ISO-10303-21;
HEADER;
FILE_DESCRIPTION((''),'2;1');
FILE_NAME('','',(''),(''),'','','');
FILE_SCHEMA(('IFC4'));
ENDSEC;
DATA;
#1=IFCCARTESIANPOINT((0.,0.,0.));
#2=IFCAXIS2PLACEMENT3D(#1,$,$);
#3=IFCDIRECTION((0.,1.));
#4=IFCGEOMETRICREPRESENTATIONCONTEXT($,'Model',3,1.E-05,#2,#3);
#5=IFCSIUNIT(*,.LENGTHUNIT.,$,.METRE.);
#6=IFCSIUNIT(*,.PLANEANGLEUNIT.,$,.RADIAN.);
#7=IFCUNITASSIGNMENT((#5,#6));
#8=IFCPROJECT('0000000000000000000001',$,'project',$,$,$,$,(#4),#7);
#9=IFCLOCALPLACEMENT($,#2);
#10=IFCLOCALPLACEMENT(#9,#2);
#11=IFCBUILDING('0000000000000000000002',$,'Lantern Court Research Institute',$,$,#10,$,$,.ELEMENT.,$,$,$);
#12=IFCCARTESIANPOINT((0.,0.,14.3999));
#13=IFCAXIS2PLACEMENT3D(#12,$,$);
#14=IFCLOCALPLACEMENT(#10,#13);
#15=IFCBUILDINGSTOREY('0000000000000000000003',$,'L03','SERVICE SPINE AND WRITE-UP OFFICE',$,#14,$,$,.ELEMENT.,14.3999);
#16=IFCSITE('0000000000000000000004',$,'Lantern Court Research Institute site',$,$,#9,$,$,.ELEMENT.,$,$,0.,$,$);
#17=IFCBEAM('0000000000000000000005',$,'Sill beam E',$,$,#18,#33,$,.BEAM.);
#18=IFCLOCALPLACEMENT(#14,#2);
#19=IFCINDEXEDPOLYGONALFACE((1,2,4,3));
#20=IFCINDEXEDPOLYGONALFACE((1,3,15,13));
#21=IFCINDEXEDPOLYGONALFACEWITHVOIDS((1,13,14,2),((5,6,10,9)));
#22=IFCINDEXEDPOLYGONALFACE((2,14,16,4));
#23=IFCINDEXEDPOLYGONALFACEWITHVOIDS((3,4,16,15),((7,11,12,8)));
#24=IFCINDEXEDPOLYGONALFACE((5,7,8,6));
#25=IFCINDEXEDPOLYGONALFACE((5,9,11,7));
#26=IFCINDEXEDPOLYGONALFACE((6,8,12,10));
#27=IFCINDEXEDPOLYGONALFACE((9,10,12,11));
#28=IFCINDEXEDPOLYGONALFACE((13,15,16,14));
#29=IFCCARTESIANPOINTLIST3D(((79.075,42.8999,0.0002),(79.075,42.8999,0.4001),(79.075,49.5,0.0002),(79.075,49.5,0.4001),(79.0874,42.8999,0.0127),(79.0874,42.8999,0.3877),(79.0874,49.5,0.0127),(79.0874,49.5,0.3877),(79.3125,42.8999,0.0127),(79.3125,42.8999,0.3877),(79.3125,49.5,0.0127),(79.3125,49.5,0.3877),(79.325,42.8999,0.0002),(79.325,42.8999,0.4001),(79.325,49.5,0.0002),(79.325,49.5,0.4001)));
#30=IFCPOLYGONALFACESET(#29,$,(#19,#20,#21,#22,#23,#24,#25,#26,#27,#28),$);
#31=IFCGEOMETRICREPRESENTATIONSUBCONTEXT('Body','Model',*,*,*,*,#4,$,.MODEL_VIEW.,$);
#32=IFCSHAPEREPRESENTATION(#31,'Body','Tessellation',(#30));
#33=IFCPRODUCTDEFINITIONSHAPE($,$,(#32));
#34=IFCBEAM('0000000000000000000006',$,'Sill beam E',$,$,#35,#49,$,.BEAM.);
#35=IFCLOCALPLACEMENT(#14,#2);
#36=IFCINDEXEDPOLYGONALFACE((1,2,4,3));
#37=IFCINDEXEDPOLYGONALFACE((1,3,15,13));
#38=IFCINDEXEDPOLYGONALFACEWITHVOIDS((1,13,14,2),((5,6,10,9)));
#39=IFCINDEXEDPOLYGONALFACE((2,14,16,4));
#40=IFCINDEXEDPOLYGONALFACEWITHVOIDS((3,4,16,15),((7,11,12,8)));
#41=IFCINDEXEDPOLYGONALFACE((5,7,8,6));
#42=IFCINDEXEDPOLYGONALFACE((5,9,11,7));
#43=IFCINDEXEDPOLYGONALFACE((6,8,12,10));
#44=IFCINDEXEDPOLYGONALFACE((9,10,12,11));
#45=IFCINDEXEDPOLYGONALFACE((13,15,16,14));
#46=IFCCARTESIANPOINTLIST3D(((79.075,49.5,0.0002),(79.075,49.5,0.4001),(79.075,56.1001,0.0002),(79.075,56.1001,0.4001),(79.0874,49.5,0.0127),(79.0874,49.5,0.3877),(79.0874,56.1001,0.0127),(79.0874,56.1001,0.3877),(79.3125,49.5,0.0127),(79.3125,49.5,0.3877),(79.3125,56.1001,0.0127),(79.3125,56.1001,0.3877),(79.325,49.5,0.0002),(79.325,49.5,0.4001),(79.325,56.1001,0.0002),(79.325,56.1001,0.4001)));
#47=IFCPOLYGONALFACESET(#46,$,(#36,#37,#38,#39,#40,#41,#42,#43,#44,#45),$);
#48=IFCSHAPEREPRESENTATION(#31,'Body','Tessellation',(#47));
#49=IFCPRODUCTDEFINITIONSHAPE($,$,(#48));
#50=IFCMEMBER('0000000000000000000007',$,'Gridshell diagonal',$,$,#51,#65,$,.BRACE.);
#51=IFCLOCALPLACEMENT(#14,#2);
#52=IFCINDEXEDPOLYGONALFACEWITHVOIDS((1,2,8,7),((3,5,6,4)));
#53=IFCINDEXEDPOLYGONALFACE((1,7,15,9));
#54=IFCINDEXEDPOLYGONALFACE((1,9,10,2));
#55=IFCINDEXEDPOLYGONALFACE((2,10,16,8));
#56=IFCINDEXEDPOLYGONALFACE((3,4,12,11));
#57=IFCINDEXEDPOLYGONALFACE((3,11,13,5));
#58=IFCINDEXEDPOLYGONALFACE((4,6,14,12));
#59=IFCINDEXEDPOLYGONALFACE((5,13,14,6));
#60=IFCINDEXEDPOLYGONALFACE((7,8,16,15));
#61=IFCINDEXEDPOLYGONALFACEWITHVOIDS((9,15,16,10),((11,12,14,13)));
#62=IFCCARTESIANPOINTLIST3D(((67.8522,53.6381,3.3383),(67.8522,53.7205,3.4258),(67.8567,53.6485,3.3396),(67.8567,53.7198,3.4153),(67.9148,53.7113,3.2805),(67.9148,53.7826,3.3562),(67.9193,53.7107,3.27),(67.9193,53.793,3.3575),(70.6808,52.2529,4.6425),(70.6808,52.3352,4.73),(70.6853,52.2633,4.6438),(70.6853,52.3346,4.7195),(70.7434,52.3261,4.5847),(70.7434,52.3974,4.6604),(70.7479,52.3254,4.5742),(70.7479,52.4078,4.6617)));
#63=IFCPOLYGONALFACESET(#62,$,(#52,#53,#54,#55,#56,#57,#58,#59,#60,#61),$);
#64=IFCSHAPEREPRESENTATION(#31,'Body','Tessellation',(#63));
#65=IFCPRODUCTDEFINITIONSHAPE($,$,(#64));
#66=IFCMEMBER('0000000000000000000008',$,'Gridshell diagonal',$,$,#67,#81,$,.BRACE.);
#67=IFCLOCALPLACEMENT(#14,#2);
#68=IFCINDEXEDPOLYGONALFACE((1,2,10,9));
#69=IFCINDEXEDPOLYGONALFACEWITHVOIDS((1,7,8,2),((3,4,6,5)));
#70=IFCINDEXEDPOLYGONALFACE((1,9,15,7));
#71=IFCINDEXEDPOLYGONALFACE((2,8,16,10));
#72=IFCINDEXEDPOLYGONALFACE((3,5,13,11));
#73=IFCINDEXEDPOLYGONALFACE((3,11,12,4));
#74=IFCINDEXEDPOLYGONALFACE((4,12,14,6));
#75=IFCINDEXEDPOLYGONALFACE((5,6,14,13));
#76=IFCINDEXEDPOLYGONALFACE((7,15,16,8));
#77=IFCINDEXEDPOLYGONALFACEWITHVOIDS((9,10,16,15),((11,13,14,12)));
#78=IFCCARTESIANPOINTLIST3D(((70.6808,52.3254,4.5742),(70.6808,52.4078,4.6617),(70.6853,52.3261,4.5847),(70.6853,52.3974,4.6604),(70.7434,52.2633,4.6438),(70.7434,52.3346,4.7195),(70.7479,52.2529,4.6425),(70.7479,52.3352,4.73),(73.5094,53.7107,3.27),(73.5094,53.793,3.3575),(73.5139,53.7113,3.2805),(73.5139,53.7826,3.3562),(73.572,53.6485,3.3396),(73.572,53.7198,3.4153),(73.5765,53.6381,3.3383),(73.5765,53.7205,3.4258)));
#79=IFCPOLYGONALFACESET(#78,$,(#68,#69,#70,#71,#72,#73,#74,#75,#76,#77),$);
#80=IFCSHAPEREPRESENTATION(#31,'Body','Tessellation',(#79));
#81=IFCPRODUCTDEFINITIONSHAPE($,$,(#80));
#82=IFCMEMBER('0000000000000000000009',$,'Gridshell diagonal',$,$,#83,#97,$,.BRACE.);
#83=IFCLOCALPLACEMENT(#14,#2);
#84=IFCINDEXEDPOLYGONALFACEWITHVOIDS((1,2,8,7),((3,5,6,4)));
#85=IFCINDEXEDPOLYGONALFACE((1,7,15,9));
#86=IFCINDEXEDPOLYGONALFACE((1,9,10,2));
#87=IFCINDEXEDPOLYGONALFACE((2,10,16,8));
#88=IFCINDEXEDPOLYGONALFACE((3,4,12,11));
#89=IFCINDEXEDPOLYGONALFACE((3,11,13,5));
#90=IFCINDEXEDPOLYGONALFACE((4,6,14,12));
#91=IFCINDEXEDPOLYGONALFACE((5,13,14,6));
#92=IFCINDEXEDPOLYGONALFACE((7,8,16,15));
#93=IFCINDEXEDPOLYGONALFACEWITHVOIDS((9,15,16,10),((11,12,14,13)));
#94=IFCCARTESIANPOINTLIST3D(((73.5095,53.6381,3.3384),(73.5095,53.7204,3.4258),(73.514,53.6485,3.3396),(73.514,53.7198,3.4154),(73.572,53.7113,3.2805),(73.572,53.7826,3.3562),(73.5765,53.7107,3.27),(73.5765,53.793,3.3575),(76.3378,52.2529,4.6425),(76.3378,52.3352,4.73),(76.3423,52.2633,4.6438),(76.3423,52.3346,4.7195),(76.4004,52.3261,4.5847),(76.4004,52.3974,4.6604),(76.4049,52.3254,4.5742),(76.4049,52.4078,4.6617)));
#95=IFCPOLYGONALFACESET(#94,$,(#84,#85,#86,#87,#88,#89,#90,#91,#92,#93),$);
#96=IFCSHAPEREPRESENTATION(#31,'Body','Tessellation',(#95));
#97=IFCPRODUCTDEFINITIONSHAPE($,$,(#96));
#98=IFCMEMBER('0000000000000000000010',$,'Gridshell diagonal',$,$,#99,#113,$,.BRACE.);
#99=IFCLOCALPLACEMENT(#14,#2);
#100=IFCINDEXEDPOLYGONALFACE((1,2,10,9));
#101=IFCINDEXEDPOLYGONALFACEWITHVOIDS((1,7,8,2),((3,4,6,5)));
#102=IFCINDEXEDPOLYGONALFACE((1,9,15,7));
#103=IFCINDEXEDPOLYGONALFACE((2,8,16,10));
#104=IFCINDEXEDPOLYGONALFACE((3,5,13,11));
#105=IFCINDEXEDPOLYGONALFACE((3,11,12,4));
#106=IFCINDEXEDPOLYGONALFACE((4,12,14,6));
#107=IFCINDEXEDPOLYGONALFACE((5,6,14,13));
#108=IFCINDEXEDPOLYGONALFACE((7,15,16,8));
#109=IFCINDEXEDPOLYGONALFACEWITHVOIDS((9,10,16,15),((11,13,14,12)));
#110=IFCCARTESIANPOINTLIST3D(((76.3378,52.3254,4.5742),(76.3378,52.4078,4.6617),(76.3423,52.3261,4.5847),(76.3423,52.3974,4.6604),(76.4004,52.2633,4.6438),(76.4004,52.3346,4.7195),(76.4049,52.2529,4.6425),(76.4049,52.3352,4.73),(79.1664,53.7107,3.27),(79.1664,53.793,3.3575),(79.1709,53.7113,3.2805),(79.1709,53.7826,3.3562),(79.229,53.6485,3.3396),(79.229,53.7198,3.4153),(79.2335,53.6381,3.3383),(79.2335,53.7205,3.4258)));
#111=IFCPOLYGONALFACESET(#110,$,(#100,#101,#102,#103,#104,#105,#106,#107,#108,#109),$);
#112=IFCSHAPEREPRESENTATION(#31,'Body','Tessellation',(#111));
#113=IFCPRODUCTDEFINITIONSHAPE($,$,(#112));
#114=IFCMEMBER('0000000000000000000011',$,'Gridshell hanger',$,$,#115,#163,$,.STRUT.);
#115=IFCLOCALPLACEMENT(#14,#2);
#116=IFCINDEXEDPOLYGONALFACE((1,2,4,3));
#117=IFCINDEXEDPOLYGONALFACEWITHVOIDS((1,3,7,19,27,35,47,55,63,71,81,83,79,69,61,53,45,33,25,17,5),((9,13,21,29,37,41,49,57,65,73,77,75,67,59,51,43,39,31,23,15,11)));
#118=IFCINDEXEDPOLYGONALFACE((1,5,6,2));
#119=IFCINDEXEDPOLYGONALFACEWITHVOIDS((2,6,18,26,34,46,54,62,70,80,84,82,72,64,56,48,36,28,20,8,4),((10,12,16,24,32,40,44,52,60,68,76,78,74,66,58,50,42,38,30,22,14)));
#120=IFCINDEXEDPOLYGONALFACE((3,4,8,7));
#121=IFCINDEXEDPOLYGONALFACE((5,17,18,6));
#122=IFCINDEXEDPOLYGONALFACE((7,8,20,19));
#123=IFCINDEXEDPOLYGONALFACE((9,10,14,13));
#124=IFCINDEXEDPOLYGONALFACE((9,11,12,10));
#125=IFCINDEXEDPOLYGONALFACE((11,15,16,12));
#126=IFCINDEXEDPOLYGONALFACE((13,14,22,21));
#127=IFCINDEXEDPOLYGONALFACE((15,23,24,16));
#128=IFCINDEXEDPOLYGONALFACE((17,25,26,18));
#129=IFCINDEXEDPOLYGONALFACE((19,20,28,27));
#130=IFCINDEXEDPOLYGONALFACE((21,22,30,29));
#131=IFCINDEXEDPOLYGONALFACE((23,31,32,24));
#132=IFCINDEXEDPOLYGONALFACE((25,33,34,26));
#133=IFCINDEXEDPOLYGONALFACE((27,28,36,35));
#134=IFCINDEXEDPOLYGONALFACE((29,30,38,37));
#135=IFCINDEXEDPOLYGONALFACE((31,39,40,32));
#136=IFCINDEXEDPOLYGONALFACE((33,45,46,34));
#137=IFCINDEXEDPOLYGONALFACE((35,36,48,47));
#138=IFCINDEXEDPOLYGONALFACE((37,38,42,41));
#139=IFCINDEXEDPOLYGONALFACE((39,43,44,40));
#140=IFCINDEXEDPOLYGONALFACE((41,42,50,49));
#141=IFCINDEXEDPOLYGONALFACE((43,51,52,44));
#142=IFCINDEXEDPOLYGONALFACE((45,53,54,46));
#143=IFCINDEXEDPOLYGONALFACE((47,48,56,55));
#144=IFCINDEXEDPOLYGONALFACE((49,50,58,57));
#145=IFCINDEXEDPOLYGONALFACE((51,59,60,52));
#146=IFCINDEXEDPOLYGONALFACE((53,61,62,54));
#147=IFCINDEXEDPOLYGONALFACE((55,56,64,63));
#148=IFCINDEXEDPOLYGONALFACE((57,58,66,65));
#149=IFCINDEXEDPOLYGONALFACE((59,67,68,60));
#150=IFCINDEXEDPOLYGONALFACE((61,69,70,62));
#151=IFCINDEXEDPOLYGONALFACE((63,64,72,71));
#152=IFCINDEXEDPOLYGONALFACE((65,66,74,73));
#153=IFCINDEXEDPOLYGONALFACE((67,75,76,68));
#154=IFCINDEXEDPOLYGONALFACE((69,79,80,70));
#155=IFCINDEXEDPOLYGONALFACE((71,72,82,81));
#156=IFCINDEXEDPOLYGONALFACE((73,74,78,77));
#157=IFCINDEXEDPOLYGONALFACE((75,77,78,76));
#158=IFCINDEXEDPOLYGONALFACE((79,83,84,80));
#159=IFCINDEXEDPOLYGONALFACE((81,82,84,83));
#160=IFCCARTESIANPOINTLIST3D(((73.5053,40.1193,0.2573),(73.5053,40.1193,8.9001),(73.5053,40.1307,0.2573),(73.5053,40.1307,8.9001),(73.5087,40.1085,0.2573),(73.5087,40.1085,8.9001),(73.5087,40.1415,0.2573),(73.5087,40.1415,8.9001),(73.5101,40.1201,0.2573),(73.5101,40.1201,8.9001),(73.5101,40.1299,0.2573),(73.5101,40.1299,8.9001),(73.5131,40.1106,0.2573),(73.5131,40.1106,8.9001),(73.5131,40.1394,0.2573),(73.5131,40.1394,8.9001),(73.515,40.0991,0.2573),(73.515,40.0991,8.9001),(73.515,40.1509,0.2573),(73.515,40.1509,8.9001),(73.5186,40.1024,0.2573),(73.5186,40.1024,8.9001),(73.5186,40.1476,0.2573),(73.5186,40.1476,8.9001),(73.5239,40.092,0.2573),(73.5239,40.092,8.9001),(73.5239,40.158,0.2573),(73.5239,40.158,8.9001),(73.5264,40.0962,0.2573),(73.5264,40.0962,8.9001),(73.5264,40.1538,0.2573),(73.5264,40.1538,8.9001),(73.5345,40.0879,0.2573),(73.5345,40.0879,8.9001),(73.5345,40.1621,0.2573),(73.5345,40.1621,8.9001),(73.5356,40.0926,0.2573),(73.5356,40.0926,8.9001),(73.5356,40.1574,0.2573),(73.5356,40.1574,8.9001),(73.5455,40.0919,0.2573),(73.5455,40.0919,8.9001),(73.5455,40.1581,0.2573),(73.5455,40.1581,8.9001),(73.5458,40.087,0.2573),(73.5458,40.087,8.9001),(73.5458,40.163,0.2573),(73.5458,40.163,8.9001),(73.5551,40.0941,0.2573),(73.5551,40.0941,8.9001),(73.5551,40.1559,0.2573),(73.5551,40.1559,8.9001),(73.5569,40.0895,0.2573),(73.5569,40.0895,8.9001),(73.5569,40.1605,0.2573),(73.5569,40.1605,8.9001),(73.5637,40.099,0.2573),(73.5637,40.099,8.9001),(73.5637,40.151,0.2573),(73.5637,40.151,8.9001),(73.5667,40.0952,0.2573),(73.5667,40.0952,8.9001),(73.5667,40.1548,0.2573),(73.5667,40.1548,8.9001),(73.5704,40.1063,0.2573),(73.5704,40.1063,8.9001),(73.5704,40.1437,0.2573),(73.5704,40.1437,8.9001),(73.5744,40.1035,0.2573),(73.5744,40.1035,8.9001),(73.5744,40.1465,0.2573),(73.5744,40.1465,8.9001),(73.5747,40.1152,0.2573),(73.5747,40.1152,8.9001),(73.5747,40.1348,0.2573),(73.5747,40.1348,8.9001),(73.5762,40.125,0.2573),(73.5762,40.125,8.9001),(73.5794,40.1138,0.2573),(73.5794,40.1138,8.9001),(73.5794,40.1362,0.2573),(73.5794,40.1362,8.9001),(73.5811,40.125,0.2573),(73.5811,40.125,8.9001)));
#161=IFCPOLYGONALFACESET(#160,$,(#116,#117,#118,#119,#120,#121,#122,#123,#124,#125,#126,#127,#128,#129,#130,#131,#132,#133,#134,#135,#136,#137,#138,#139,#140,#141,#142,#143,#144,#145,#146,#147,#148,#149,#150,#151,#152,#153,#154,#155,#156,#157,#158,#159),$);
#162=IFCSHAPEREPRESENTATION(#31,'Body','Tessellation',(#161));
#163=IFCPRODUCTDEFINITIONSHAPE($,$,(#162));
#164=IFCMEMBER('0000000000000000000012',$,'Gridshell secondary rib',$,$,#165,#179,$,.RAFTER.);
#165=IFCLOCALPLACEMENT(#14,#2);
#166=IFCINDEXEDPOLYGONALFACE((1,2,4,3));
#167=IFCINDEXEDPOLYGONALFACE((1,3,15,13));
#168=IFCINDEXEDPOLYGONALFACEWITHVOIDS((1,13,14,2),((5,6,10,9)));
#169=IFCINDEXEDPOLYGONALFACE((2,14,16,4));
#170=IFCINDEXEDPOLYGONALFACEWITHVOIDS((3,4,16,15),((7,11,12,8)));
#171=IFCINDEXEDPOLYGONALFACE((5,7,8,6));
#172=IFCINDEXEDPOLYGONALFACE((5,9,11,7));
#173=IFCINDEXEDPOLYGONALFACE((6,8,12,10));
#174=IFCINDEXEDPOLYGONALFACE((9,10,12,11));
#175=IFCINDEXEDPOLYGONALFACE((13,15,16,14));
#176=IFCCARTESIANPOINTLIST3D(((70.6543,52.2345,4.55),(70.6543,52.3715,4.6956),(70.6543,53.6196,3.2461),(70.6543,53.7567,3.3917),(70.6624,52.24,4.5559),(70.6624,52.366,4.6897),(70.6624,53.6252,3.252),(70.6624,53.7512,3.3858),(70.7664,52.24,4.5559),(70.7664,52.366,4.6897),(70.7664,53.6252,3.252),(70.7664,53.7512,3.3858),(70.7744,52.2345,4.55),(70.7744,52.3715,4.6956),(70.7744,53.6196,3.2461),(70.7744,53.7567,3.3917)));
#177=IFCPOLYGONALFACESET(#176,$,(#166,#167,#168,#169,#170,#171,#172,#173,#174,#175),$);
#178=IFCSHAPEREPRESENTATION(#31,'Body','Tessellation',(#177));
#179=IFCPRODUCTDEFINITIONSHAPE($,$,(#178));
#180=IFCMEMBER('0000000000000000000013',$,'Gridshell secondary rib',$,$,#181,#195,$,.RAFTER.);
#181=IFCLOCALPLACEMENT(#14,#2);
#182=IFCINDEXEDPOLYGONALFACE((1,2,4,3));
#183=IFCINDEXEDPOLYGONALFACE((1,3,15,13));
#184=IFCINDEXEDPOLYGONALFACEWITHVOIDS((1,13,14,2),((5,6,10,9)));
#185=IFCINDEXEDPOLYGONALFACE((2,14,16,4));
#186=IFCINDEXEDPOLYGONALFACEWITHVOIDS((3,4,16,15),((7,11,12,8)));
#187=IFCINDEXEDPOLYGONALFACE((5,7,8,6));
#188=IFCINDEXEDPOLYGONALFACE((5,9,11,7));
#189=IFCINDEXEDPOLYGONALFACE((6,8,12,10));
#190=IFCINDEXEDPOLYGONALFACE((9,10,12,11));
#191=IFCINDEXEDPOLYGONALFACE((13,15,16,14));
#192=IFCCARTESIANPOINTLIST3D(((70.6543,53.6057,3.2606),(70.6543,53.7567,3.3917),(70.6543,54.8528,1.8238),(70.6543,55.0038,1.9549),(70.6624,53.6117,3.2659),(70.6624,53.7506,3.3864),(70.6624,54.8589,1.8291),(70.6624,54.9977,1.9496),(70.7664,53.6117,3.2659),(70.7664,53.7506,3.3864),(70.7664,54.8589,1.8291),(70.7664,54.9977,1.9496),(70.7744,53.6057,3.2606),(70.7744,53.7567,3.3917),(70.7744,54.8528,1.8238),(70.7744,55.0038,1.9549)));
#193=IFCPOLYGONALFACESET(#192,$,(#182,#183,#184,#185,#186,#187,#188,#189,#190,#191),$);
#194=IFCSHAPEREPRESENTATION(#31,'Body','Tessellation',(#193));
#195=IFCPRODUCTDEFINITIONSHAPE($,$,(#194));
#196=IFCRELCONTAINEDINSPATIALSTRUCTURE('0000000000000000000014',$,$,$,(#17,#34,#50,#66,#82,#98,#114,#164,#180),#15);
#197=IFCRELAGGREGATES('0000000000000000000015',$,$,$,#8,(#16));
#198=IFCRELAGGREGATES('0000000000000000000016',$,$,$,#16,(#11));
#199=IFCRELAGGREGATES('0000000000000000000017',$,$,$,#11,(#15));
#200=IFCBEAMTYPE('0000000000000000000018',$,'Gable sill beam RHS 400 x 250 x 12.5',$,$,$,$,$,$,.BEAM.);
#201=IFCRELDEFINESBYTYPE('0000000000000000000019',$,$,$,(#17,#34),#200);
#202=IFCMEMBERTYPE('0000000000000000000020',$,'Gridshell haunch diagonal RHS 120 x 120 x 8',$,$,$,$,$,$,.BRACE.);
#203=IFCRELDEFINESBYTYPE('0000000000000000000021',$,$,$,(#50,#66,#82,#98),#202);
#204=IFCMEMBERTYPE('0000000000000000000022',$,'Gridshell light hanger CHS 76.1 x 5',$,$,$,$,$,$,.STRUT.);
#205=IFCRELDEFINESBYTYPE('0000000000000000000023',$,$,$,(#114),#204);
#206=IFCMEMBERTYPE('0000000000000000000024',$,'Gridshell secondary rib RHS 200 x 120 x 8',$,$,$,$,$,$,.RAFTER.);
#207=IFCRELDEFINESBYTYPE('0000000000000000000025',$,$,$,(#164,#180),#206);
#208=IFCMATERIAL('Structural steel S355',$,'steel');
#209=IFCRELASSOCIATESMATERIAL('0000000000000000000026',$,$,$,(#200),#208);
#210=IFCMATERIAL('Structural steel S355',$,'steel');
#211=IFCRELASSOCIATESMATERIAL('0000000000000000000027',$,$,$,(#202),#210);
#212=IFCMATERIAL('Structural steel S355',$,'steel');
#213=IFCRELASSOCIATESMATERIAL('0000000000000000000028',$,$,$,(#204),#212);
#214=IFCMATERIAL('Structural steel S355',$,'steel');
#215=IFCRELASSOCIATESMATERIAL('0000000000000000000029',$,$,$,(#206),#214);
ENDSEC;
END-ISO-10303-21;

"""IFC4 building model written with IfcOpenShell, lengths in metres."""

from ifc_helpers import new_model, si_unit, direction, frame, origin, origin_2d, place, context, subcontext, project, spatial, hollow_rectangle, hollow_circle, extrude, material, material_profile, profile_set, type_object, element, save


model = new_model("IFC4")

# Units and contexts
model_context = context("Model", 3, precision=1e-05, world=origin(), true_north=direction((0.0, 1.0)))
body_context = subcontext(model_context, "Body", "Model", "MODEL_VIEW")
ifc_project = project(units=[si_unit("LENGTHUNIT", "METRE"), si_unit("PLANEANGLEUNIT", "RADIAN")], contexts=[model_context])

# Site, building, storey
site_placement = place(None, origin())
site = spatial("IfcSite", under=ifc_project, at=site_placement, Name="Lantern Court Research Institute site", CompositionType="ELEMENT", RefElevation=0.0)
building_placement = place(site_placement, origin())
building = spatial("IfcBuilding", under=site, at=building_placement, Name="Lantern Court Research Institute", CompositionType="ELEMENT")
storey_placement = place(building_placement, frame((0.0, 0.0, 14.3999)))
storey = spatial("IfcBuildingStorey", under=building, at=storey_placement, Name="L03", Description="SERVICE SPINE AND WRITE-UP OFFICE", CompositionType="ELEMENT", Elevation=14.3999)

# Beams
ifc_material_1 = material(Name="Structural steel S355", Category="steel")
ifc_material_profile_1 = material_profile(ifc_material_1, hollow_rectangle(XDim=0.25, YDim=0.3999, WallThickness=0.0125, at=origin_2d()), Name="Gable sill beam RHS 400 x 250 x 12.5")
ifc_profile_set_1 = profile_set([ifc_material_profile_1], Name="Structural steel S355")
beam_type = type_object("IfcBeamType", Name="Gable sill beam RHS 400 x 250 x 12.5", PredefinedType="BEAM", material=ifc_profile_set_1)
for number, where, z_axis, x_axis, name in (
    (1, (79.2, 42.8999, 0.2002), (0.0, 1.0, 0.0), (-1.0, 0.0, 0.0), "Sill beam E"),
    (2, (79.2, 49.5, 0.2002), (0.0, 1.0, 0.0), (-1.0, 0.0, 0.0), "Sill beam E"),
):
    element("IfcBeam", number, at=place(storey_placement, frame(where, z_axis=z_axis, x_axis=x_axis)), inside=storey, type_object=beam_type, Name=name, PredefinedType="BEAM", context=body_context, shape_type="SweptSolid", body=[
        extrude(hollow_rectangle(XDim=0.25, YDim=0.3999, WallThickness=0.0125, at=origin_2d()), origin(), (0.0, 0.0, 1.0), 6.6001),
    ])

# Members
ifc_material_2 = material(Name="Structural steel S355", Category="steel")
ifc_material_profile_2 = material_profile(ifc_material_2, hollow_rectangle(XDim=0.1201, YDim=0.1201, WallThickness=0.0081, at=origin_2d()), Name="Gridshell haunch diagonal RHS 120 x 120 x 8")
ifc_profile_set_2 = profile_set([ifc_material_profile_2], Name="Structural steel S355")
member_type_1 = type_object("IfcMemberType", Name="Gridshell haunch diagonal RHS 120 x 120 x 8", PredefinedType="BRACE", material=ifc_profile_set_2)
for number, where, z_axis, x_axis, name in (
    (3, (70.7144, 52.3303, 4.6521), (-0.829762, 0.406358, -0.382581), (-0.558118, -0.604141, 0.568786), "Gridshell diagonal"),
    (4, (70.7144, 52.3303, 4.6521), (0.829762, 0.406358, -0.382581), (-0.558118, 0.604141, -0.568786), "Gridshell diagonal"),
):
    element("IfcMember", number, at=place(storey_placement, frame(where, z_axis=z_axis, x_axis=x_axis)), inside=storey, type_object=member_type_1, Name=name, PredefinedType="BRACE", context=body_context, shape_type="SweptSolid", body=[
        extrude(hollow_rectangle(XDim=0.1201, YDim=0.1201, WallThickness=0.0081, at=origin_2d()), origin(), (0.0, 0.0, 1.0), 3.4089),
    ])
member_1_placement = place(storey_placement, frame((76.3713, 52.3303, 4.6521), z_axis=(-0.829739, 0.406382, -0.382604), x_axis=(-0.558151, -0.604116, 0.568781)))
element("IfcMember", 5, at=member_1_placement, inside=storey, type_object=member_type_1, Name="Gridshell diagonal", PredefinedType="BRACE", context=body_context, shape_type="SweptSolid", body=[
    extrude(hollow_rectangle(XDim=0.1201, YDim=0.1201, WallThickness=0.0081, at=origin_2d()), origin(), (0.0, 0.0, 1.0), 3.4087),
])
member_2_placement = place(storey_placement, frame((76.3713, 52.3303, 4.6521), z_axis=(0.829762, 0.406358, -0.382581), x_axis=(-0.558118, 0.604141, -0.568786)))
element("IfcMember", 6, at=member_2_placement, inside=storey, type_object=member_type_1, Name="Gridshell diagonal", PredefinedType="BRACE", context=body_context, shape_type="SweptSolid", body=[
    extrude(hollow_rectangle(XDim=0.1201, YDim=0.1201, WallThickness=0.0081, at=origin_2d()), origin(), (0.0, 0.0, 1.0), 3.4089),
])
ifc_material_3 = material(Name="Structural steel S355", Category="steel")
ifc_material_profile_3 = material_profile(ifc_material_3, hollow_circle(Radius=0.0381, WallThickness=0.0049, at=origin_2d()), Name="Gridshell light hanger CHS 76.1 x 5")
ifc_profile_set_3 = profile_set([ifc_material_profile_3], Name="Structural steel S355")
member_type_2 = type_object("IfcMemberType", Name="Gridshell light hanger CHS 76.1 x 5", PredefinedType="STRUT", material=ifc_profile_set_3)
member_3_placement = place(storey_placement, frame((73.543, 40.125, 0.2573), z_axis=(0.0, 0.0, 1.0), x_axis=(1.0, 0.0, 0.0)))
element("IfcMember", 7, at=member_3_placement, inside=storey, type_object=member_type_2, Name="Gridshell hanger", PredefinedType="STRUT", context=body_context, shape_type="SweptSolid", body=[
    extrude(hollow_circle(Radius=0.0381, WallThickness=0.0049, at=origin_2d()), origin(), (0.0, 0.0, 1.0), 8.6428),
])
ifc_material_4 = material(Name="Structural steel S355", Category="steel")
ifc_material_profile_4 = material_profile(ifc_material_4, hollow_rectangle(XDim=0.1201, YDim=0.2, WallThickness=0.0081, at=origin_2d()), Name="Gridshell secondary rib RHS 200 x 120 x 8")
ifc_profile_set_4 = profile_set([ifc_material_profile_4], Name="Structural steel S355")
member_type_3 = type_object("IfcMemberType", Name="Gridshell secondary rib RHS 200 x 120 x 8", PredefinedType="RAFTER", material=ifc_profile_set_4)
member_4_placement = place(storey_placement, frame((70.7144, 52.303, 4.6228), z_axis=(0.0, 0.728151, -0.685417), x_axis=(-1.0, 0.0, 0.0)))
element("IfcMember", 8, at=member_4_placement, inside=storey, type_object=member_type_3, Name="Gridshell secondary rib", PredefinedType="RAFTER", context=body_context, shape_type="SweptSolid", body=[
    extrude(hollow_rectangle(XDim=0.1201, YDim=0.2, WallThickness=0.0081, at=origin_2d()), origin(), (0.0, 0.0, 1.0), 1.9023),
])
member_5_placement = place(storey_placement, frame((70.7144, 53.6812, 3.3262), z_axis=(0.0, 0.655492, -0.755202), x_axis=(-1.0, 0.0, 0.0)))
element("IfcMember", 9, at=member_5_placement, inside=storey, type_object=member_type_3, Name="Gridshell secondary rib", PredefinedType="RAFTER", context=body_context, shape_type="SweptSolid", body=[
    extrude(hollow_rectangle(XDim=0.1201, YDim=0.2, WallThickness=0.0081, at=origin_2d()), origin(), (0.0, 0.0, 1.0), 1.9026),
])

save(model, "model.ifc")
